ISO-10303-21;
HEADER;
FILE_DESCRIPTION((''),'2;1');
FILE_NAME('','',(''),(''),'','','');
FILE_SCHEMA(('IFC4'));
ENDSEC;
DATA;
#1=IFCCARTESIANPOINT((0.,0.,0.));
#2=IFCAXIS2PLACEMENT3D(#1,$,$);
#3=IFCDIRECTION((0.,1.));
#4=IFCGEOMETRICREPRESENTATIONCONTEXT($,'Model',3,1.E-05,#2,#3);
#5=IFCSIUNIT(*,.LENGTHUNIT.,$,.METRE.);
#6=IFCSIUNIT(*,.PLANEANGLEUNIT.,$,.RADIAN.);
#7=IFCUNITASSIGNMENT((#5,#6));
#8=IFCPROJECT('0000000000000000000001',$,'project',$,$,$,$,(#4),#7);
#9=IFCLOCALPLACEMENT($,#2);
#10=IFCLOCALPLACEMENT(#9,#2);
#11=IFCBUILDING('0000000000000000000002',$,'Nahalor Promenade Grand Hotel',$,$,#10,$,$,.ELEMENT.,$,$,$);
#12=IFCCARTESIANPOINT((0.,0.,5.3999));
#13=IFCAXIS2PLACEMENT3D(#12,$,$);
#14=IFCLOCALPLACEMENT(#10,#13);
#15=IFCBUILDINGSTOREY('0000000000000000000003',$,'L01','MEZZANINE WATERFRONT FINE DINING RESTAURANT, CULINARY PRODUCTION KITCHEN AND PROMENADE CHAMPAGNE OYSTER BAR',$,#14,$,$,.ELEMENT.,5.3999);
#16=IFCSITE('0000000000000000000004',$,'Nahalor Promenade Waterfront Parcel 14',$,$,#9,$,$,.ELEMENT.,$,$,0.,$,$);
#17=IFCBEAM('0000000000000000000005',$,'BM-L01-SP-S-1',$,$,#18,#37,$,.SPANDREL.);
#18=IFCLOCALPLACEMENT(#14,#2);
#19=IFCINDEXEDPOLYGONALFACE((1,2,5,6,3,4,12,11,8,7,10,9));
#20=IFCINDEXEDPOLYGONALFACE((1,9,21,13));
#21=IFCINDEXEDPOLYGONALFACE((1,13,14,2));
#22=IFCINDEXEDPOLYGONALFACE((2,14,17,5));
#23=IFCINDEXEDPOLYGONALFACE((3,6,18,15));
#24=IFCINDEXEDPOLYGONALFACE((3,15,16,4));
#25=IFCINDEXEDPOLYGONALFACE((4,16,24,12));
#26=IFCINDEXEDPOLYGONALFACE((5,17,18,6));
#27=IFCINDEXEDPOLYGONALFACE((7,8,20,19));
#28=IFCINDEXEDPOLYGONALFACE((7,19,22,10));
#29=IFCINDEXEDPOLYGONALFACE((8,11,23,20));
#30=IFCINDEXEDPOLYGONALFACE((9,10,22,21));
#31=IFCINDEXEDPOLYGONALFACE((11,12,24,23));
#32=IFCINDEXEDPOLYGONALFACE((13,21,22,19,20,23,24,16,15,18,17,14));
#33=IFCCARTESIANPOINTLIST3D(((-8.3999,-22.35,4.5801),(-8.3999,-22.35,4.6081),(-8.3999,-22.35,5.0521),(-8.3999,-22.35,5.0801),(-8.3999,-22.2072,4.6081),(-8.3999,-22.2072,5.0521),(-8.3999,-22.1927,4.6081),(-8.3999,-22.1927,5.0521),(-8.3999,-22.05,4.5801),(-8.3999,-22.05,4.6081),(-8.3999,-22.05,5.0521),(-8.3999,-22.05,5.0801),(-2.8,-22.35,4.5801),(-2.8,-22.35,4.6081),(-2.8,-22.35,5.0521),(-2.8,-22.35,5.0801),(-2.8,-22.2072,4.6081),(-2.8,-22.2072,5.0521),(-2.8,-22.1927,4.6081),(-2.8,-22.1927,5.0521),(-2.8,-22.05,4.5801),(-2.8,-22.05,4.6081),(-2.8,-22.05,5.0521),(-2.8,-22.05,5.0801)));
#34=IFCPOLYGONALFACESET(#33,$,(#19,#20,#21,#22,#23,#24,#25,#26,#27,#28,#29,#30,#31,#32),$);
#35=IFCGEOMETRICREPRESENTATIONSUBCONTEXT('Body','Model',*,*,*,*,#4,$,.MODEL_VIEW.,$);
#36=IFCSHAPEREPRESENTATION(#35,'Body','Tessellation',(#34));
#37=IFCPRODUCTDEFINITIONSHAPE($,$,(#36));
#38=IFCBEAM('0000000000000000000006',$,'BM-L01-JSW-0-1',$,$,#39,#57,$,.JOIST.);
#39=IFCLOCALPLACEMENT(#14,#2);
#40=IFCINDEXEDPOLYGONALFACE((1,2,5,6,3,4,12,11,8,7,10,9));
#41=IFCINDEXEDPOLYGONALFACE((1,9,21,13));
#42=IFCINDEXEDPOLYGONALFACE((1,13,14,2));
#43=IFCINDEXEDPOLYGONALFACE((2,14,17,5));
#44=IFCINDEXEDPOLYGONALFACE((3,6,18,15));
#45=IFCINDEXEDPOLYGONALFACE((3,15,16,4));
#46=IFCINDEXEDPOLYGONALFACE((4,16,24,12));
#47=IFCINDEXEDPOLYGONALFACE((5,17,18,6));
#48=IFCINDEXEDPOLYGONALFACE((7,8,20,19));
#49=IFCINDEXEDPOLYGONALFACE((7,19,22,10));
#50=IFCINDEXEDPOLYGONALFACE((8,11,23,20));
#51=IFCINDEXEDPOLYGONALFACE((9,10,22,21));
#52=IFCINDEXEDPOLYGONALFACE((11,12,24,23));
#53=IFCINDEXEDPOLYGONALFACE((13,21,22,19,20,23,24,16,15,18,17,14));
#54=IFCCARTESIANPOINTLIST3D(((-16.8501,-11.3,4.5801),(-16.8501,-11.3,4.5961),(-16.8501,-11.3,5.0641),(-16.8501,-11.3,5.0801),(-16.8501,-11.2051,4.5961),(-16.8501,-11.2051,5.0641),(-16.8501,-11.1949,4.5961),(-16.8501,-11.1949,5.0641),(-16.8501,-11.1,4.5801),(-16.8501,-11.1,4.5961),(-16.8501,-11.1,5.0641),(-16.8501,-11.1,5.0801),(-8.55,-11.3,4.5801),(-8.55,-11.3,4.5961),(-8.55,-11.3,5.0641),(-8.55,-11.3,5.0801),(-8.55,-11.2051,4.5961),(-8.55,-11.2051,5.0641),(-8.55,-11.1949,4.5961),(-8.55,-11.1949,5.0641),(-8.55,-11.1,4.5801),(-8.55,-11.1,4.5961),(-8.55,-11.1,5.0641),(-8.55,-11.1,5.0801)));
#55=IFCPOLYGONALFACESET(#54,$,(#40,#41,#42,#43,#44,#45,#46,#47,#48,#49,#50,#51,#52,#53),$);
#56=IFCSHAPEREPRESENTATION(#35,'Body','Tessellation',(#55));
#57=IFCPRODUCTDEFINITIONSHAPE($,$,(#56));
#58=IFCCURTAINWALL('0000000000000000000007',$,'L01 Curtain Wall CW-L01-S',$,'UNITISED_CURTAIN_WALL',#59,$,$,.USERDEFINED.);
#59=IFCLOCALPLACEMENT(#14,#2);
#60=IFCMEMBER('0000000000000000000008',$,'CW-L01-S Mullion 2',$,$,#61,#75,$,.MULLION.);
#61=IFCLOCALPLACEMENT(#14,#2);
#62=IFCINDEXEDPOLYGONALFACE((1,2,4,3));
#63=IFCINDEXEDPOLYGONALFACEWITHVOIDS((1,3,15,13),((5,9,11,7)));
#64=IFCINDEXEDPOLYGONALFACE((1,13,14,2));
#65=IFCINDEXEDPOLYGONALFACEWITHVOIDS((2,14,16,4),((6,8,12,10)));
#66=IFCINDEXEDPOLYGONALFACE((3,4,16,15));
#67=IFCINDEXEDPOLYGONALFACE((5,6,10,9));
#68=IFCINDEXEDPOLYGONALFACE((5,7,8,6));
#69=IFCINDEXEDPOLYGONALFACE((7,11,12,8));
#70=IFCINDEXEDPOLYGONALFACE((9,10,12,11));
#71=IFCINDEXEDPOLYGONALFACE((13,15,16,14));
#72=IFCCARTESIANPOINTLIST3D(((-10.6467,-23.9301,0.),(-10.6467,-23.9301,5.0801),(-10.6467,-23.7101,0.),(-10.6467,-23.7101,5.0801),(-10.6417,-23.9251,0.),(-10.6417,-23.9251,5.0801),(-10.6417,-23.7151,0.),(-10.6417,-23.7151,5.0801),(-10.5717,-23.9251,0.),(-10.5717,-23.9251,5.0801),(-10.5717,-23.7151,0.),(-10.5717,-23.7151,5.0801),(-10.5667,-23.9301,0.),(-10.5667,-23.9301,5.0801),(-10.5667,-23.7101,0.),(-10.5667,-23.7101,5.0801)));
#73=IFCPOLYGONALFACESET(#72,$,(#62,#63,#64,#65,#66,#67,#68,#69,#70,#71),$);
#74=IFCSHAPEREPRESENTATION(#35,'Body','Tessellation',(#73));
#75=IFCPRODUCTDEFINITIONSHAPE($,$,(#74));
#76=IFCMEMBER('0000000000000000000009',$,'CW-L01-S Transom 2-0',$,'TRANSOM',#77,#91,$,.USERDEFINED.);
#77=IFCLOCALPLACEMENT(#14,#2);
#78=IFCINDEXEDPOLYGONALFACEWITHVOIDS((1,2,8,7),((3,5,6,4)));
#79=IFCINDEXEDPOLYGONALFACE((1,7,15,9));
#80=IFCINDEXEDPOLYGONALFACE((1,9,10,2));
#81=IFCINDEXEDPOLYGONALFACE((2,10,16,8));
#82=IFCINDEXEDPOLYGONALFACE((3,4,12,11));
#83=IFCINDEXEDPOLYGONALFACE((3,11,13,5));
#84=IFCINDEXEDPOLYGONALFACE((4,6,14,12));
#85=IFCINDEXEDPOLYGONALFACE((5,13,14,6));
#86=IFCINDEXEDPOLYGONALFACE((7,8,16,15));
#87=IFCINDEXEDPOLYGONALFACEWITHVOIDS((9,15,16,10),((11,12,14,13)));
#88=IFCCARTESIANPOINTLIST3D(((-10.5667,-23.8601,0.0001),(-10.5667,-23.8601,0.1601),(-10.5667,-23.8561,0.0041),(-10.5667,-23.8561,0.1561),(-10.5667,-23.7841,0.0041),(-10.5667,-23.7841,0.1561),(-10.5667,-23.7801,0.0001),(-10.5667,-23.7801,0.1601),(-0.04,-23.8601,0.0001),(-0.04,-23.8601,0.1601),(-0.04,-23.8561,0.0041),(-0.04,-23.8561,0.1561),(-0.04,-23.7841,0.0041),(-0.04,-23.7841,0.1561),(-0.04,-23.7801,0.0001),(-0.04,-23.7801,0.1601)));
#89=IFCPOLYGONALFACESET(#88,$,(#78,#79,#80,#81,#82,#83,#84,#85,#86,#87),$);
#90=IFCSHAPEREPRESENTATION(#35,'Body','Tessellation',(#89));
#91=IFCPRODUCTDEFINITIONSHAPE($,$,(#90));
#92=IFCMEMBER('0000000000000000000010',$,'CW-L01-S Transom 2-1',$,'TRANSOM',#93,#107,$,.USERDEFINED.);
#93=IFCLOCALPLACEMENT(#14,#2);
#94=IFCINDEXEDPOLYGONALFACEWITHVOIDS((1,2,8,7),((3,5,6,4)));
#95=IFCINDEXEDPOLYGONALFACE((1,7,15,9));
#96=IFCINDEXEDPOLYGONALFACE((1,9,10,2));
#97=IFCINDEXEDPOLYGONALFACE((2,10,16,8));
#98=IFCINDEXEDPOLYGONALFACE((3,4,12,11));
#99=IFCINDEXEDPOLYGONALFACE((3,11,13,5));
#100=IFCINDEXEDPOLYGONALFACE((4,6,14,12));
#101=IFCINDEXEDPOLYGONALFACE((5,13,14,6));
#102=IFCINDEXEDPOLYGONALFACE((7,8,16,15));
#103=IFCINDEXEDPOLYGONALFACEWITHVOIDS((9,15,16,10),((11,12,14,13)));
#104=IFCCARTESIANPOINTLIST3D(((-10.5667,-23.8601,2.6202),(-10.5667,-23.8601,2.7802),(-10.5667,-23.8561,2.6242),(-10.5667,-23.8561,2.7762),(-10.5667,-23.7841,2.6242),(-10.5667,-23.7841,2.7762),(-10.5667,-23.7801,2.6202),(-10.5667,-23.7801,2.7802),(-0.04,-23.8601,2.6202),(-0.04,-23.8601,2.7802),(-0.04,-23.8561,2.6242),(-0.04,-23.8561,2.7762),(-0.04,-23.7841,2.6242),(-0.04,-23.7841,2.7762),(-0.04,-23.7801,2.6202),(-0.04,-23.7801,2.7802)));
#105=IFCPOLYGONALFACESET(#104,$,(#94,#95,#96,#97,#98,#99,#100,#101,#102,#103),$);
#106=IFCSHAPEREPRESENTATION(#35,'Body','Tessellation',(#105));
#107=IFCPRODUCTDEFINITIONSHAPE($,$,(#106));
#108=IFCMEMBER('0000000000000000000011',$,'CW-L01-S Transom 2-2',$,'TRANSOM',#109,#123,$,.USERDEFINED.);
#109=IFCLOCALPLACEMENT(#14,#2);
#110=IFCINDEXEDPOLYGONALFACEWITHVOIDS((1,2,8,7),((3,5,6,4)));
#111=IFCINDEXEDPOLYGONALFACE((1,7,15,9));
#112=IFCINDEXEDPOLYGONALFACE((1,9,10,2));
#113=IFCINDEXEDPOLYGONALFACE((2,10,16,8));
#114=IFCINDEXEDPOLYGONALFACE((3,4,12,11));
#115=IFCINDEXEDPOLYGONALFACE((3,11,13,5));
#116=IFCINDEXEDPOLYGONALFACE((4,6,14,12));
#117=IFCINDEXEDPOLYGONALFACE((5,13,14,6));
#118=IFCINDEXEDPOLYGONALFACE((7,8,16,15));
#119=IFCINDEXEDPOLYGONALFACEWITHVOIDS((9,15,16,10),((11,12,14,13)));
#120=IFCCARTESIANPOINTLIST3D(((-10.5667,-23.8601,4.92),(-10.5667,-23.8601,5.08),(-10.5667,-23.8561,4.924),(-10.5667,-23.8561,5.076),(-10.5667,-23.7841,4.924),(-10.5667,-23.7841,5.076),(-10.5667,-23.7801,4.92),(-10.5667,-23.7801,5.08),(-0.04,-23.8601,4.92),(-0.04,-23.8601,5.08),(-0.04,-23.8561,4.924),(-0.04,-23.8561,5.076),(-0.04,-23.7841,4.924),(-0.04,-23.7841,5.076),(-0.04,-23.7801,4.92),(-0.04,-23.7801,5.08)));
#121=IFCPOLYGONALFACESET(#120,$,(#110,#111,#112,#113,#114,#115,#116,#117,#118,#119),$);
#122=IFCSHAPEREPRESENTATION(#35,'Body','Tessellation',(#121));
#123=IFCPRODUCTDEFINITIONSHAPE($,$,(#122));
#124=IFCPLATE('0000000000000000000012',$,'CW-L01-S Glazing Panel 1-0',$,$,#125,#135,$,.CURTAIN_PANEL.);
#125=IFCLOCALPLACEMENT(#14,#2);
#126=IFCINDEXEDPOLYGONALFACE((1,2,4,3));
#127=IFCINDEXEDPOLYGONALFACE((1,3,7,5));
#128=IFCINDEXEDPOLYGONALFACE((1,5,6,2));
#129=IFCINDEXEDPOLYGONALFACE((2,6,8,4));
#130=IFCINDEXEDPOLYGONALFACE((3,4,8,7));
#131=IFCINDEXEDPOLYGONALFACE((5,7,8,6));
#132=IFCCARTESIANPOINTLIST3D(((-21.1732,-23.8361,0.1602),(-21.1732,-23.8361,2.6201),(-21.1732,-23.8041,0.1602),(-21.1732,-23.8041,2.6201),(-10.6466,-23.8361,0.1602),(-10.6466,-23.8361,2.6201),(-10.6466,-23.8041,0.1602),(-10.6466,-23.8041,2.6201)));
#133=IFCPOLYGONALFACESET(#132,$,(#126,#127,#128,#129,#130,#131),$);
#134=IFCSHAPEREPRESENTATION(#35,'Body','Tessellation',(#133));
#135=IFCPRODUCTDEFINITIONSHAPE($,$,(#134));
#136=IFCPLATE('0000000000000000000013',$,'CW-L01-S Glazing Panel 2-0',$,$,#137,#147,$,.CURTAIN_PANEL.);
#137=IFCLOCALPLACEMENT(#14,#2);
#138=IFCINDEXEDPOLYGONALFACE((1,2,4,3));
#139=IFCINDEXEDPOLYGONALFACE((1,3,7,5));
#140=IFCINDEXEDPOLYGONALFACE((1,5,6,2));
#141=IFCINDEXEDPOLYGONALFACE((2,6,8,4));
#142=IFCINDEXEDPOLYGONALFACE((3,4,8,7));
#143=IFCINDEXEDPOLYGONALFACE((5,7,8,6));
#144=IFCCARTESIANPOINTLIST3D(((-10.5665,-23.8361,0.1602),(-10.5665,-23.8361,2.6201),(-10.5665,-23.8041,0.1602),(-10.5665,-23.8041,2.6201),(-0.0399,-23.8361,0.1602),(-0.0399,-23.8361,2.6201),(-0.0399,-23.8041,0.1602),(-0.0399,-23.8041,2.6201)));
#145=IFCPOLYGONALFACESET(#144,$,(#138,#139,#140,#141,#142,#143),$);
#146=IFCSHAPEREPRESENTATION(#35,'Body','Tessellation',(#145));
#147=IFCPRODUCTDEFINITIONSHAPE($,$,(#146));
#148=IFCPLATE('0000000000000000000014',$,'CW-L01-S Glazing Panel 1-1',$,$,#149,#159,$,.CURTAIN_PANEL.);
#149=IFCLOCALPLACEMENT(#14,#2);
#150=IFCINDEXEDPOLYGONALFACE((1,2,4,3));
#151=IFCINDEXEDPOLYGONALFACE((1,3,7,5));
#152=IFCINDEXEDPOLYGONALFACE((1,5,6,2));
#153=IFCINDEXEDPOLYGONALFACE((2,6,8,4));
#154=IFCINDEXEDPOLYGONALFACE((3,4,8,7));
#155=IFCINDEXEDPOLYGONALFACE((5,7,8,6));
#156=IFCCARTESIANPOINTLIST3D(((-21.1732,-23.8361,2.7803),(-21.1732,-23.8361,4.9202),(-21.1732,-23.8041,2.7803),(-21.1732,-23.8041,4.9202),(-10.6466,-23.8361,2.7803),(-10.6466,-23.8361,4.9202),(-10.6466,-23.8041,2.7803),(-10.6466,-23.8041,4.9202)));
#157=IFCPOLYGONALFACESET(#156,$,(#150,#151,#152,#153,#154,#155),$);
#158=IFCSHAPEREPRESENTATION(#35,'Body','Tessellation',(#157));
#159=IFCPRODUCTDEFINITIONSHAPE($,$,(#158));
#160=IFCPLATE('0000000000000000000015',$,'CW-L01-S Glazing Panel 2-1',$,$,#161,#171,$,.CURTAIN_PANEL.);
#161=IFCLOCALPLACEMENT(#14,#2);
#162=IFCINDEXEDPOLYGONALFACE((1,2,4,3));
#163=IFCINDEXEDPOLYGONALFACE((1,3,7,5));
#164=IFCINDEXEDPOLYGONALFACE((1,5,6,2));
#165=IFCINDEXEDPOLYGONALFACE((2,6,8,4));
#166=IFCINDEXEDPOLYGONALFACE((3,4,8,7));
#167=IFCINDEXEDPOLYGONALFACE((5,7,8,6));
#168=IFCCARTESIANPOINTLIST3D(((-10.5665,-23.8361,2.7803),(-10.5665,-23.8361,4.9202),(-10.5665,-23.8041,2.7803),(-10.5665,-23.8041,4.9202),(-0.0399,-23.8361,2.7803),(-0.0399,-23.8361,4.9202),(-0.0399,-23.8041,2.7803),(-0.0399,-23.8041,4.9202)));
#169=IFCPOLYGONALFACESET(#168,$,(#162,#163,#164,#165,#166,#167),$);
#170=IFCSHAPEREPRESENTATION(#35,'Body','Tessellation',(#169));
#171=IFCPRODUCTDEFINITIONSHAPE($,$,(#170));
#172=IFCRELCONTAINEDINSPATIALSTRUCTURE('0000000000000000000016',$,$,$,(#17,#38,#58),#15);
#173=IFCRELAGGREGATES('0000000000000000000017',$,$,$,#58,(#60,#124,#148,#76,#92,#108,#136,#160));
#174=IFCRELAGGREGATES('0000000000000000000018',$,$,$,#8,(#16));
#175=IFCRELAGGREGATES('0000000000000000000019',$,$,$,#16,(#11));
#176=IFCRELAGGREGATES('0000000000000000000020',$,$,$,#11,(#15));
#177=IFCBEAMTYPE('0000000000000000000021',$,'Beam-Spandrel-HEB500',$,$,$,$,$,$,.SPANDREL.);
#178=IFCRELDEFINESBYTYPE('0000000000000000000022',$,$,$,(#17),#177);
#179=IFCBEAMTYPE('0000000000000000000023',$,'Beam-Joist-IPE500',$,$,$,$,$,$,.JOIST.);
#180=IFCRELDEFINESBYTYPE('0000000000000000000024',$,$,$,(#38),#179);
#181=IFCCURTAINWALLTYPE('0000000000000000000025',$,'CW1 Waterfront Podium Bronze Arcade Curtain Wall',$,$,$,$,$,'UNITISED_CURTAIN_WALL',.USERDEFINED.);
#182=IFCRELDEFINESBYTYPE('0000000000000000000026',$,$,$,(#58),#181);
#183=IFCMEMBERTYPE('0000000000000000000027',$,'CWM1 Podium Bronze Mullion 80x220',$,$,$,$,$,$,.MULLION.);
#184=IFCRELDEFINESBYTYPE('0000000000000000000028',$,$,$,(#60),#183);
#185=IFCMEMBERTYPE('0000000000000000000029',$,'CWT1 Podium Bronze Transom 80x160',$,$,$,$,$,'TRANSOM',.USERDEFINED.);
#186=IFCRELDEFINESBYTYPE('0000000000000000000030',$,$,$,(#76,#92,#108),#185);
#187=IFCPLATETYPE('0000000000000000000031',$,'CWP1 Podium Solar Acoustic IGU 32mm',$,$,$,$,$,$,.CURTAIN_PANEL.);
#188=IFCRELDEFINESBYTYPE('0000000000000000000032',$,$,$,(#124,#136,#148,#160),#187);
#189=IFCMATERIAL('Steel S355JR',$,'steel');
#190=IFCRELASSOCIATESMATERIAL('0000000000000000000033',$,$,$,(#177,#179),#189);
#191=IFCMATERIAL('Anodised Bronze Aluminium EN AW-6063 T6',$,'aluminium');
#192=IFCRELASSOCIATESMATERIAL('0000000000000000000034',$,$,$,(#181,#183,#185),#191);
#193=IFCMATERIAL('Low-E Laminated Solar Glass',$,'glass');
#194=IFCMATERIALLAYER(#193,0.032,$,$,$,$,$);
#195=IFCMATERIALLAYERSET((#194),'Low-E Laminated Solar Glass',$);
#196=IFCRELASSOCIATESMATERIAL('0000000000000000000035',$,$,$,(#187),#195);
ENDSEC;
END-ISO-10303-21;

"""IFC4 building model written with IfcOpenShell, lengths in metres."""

from ifc_helpers import new_model, si_unit, direction, frame, origin, origin_2d, place, context, subcontext, project, spatial, rectangle, hollow_rectangle, i_section, extrude, source, transform, mapped, material, layer, layer_set, material_profile, profile_set, type_object, element, aggregate, save


model = new_model("IFC4")

# Units and contexts
model_context = context("Model", 3, precision=1e-05, world=origin(), true_north=direction((0.0, 1.0)))
body_context = subcontext(model_context, "Body", "Model", "MODEL_VIEW")
ifc_project = project(units=[si_unit("LENGTHUNIT", "METRE"), si_unit("PLANEANGLEUNIT", "RADIAN")], contexts=[model_context])

# Site, building, storey
site_placement = place(None, origin())
site = spatial("IfcSite", under=ifc_project, at=site_placement, Name="Nahalor Promenade Waterfront Parcel 14", CompositionType="ELEMENT", RefElevation=0.0)
building_placement = place(site_placement, origin())
building = spatial("IfcBuilding", under=site, at=building_placement, Name="Nahalor Promenade Grand Hotel", CompositionType="ELEMENT")
storey_placement = place(building_placement, frame((0.0, 0.0, 5.3999)))
storey = spatial("IfcBuildingStorey", under=building, at=storey_placement, Name="L01", Description="MEZZANINE WATERFRONT FINE DINING RESTAURANT, CULINARY PRODUCTION KITCHEN AND PROMENADE CHAMPAGNE OYSTER BAR", CompositionType="ELEMENT", Elevation=5.3999)

# Beams
ifc_material_1 = material(Name="Steel S355JR", Category="steel")
ifc_material_profile_1 = material_profile(ifc_material_1, i_section(OverallWidth=0.3, OverallDepth=0.5, WebThickness=0.0145, FlangeThickness=0.028, at=origin_2d()), Name="HEB 500")
ifc_profile_set_1 = profile_set([ifc_material_profile_1], Name="Steel S355JR")
beam_type_1 = type_object("IfcBeamType", Name="Beam-Spandrel-HEB500", PredefinedType="SPANDREL", material=ifc_profile_set_1)
shared_shape_1 = source(origin(), body_context, "Body", "SweptSolid", [
    extrude(i_section(OverallWidth=0.3, OverallDepth=0.5, WebThickness=0.0145, FlangeThickness=0.028, at=origin_2d()), origin(), (0.0, 0.0, 1.0), 5.5999),
])
beam_1_placement = place(storey_placement, frame((-8.3999, -22.2, 4.8301), z_axis=(1.0, 0.0, 0.0), x_axis=(0.0, 1.0, 0.0)))
element("IfcBeam", 1, at=beam_1_placement, inside=storey, type_object=beam_type_1, Name="BM-L01-SP-S-1", PredefinedType="SPANDREL", context=body_context, shape_type="MappedRepresentation", body=[
    mapped(shared_shape_1, transform((0.0, 0.0, 0.0), scale=1.0)),
])
ifc_material_profile_2 = material_profile(ifc_material_1, i_section(OverallWidth=0.2, OverallDepth=0.5, WebThickness=0.0102, FlangeThickness=0.016, at=origin_2d()), Name="IPE 500")
ifc_profile_set_2 = profile_set([ifc_material_profile_2], Name="Steel S355JR")
beam_type_2 = type_object("IfcBeamType", Name="Beam-Joist-IPE500", PredefinedType="JOIST", material=ifc_profile_set_2)
shared_shape_2 = source(origin(), body_context, "Body", "SweptSolid", [
    extrude(i_section(OverallWidth=0.2, OverallDepth=0.5, WebThickness=0.0102, FlangeThickness=0.016, at=origin_2d()), origin(), (0.0, 0.0, 1.0), 8.3),
])
beam_2_placement = place(storey_placement, frame((-16.8501, -11.2, 4.8301), z_axis=(1.0, 0.0, 0.0), x_axis=(0.0, 1.0, 0.0)))
element("IfcBeam", 2, at=beam_2_placement, inside=storey, type_object=beam_type_2, Name="BM-L01-JSW-0-1", PredefinedType="JOIST", context=body_context, shape_type="MappedRepresentation", body=[
    mapped(shared_shape_2, transform((0.0, 0.0, 0.0), scale=1.0)),
])

# Curtain wall, members, plates
ifc_material_2 = material(Name="Anodised Bronze Aluminium EN AW-6063 T6", Category="aluminium")
curtain_wall_type = type_object("IfcCurtainWallType", Name="CW1 Waterfront Podium Bronze Arcade Curtain Wall", ElementType="UNITISED_CURTAIN_WALL", PredefinedType="USERDEFINED", material=ifc_material_2)
curtain_wall_placement = place(storey_placement, origin())
curtain_wall = element("IfcCurtainWall", 3, at=curtain_wall_placement, inside=storey, type_object=curtain_wall_type, Name="L01 Curtain Wall CW-L01-S", ObjectType="UNITISED_CURTAIN_WALL", PredefinedType="USERDEFINED")
ifc_material_profile_3 = material_profile(ifc_material_2, hollow_rectangle(XDim=0.08, YDim=0.22, WallThickness=0.005, at=origin_2d()), Name="CWM 80x220x5")
ifc_profile_set_3 = profile_set([ifc_material_profile_3], Name="Anodised Bronze Aluminium EN AW-6063 T6")
member_type_1 = type_object("IfcMemberType", Name="CWM1 Podium Bronze Mullion 80x220", PredefinedType="MULLION", material=ifc_profile_set_3)
shared_shape_3 = source(origin(), body_context, "Body", "SweptSolid", [
    extrude(hollow_rectangle(XDim=0.08, YDim=0.22, WallThickness=0.005, at=origin_2d()), origin(), (0.0, 0.0, 1.0), 5.0801),
])
member_1_placement = place(storey_placement, frame((-10.6067, -23.8201, 0.0), z_axis=(0.0, 0.0, 1.0), x_axis=(1.0, 0.0, 0.0)))
member_1 = element("IfcMember", 4, at=member_1_placement, type_object=member_type_1, Name="CW-L01-S Mullion 2", PredefinedType="MULLION", context=body_context, shape_type="MappedRepresentation", body=[
    mapped(shared_shape_3, transform((0.0, 0.0, 0.0), scale=1.0)),
])
ifc_material_profile_4 = material_profile(ifc_material_2, hollow_rectangle(XDim=0.08, YDim=0.16, WallThickness=0.004, at=origin_2d()), Name="CWT 80x160x4")
ifc_profile_set_4 = profile_set([ifc_material_profile_4], Name="Anodised Bronze Aluminium EN AW-6063 T6")
member_type_2 = type_object("IfcMemberType", Name="CWT1 Podium Bronze Transom 80x160", ElementType="TRANSOM", PredefinedType="USERDEFINED", material=ifc_profile_set_4)
shared_shape_4 = source(origin(), body_context, "Body", "SweptSolid", [
    extrude(hollow_rectangle(XDim=0.08, YDim=0.16, WallThickness=0.004, at=origin_2d()), origin(), (0.0, 0.0, 1.0), 10.5266),
])
member_2_placement = place(storey_placement, frame((-10.5667, -23.8201, 0.0801), z_axis=(1.0, 0.0, 0.0), x_axis=(0.0, 1.0, 0.0)))
member_2 = element("IfcMember", 5, at=member_2_placement, type_object=member_type_2, Name="CW-L01-S Transom 2-0", ObjectType="TRANSOM", PredefinedType="USERDEFINED", context=body_context, shape_type="MappedRepresentation", body=[
    mapped(shared_shape_4, transform((0.0, 0.0, 0.0), scale=1.0)),
])
member_3_placement = place(storey_placement, frame((-10.5667, -23.8201, 2.7002), z_axis=(1.0, 0.0, 0.0), x_axis=(0.0, 1.0, 0.0)))
member_3 = element("IfcMember", 6, at=member_3_placement, type_object=member_type_2, Name="CW-L01-S Transom 2-1", ObjectType="TRANSOM", PredefinedType="USERDEFINED", context=body_context, shape_type="MappedRepresentation", body=[
    mapped(shared_shape_4, transform((0.0, 0.0, 0.0), scale=1.0)),
])
member_4_placement = place(storey_placement, frame((-10.5667, -23.8201, 5.0), z_axis=(1.0, 0.0, 0.0), x_axis=(0.0, 1.0, 0.0)))
member_4 = element("IfcMember", 7, at=member_4_placement, type_object=member_type_2, Name="CW-L01-S Transom 2-2", ObjectType="TRANSOM", PredefinedType="USERDEFINED", context=body_context, shape_type="MappedRepresentation", body=[
    mapped(shared_shape_4, transform((0.0, 0.0, 0.0), scale=1.0)),
])
ifc_material_3 = material(Name="Low-E Laminated Solar Glass", Category="glass")
ifc_layer_1 = layer(ifc_material_3, 0.032)
ifc_layer_set_1 = layer_set([ifc_layer_1], Name="Low-E Laminated Solar Glass")
plate_type = type_object("IfcPlateType", Name="CWP1 Podium Solar Acoustic IGU 32mm", PredefinedType="CURTAIN_PANEL", material=ifc_layer_set_1)
shared_shape_5 = source(origin(), body_context, "Body", "SweptSolid", [
    extrude(rectangle(XDim=10.5266, YDim=0.032, at=origin_2d()), origin(), (0.0, 0.0, 1.0), 2.46),
])
plate_1_placement = place(storey_placement, frame((-15.9099, -23.8201, 0.1602), z_axis=(0.0, 0.0, 1.0), x_axis=(1.0, 0.0, 0.0)))
plate_1 = element("IfcPlate", 8, at=plate_1_placement, type_object=plate_type, Name="CW-L01-S Glazing Panel 1-0", PredefinedType="CURTAIN_PANEL", context=body_context, shape_type="MappedRepresentation", body=[
    mapped(shared_shape_5, transform((0.0, 0.0, 0.0), scale=1.0)),
])
plate_2_placement = place(storey_placement, frame((-5.3032, -23.8201, 0.1602), z_axis=(0.0, 0.0, 1.0), x_axis=(1.0, 0.0, 0.0)))
plate_2 = element("IfcPlate", 9, at=plate_2_placement, type_object=plate_type, Name="CW-L01-S Glazing Panel 2-0", PredefinedType="CURTAIN_PANEL", context=body_context, shape_type="MappedRepresentation", body=[
    mapped(shared_shape_5, transform((0.0, 0.0, 0.0), scale=1.0)),
])
shared_shape_6 = source(origin(), body_context, "Body", "SweptSolid", [
    extrude(rectangle(XDim=10.5266, YDim=0.032, at=origin_2d()), origin(), (0.0, 0.0, 1.0), 2.1399),
])
plate_3_placement = place(storey_placement, frame((-15.9099, -23.8201, 2.7803), z_axis=(0.0, 0.0, 1.0), x_axis=(1.0, 0.0, 0.0)))
plate_3 = element("IfcPlate", 10, at=plate_3_placement, type_object=plate_type, Name="CW-L01-S Glazing Panel 1-1", PredefinedType="CURTAIN_PANEL", context=body_context, shape_type="MappedRepresentation", body=[
    mapped(shared_shape_6, transform((0.0, 0.0, 0.0), scale=1.0)),
])
plate_4_placement = place(storey_placement, frame((-5.3032, -23.8201, 2.7803), z_axis=(0.0, 0.0, 1.0), x_axis=(1.0, 0.0, 0.0)))
plate_4 = element("IfcPlate", 11, at=plate_4_placement, type_object=plate_type, Name="CW-L01-S Glazing Panel 2-1", PredefinedType="CURTAIN_PANEL", context=body_context, shape_type="MappedRepresentation", body=[
    mapped(shared_shape_6, transform((0.0, 0.0, 0.0), scale=1.0)),
])
aggregate(curtain_wall, [member_1, plate_1, plate_3, member_2, member_3, member_4, plate_2, plate_4])

save(model, "model.ifc")
